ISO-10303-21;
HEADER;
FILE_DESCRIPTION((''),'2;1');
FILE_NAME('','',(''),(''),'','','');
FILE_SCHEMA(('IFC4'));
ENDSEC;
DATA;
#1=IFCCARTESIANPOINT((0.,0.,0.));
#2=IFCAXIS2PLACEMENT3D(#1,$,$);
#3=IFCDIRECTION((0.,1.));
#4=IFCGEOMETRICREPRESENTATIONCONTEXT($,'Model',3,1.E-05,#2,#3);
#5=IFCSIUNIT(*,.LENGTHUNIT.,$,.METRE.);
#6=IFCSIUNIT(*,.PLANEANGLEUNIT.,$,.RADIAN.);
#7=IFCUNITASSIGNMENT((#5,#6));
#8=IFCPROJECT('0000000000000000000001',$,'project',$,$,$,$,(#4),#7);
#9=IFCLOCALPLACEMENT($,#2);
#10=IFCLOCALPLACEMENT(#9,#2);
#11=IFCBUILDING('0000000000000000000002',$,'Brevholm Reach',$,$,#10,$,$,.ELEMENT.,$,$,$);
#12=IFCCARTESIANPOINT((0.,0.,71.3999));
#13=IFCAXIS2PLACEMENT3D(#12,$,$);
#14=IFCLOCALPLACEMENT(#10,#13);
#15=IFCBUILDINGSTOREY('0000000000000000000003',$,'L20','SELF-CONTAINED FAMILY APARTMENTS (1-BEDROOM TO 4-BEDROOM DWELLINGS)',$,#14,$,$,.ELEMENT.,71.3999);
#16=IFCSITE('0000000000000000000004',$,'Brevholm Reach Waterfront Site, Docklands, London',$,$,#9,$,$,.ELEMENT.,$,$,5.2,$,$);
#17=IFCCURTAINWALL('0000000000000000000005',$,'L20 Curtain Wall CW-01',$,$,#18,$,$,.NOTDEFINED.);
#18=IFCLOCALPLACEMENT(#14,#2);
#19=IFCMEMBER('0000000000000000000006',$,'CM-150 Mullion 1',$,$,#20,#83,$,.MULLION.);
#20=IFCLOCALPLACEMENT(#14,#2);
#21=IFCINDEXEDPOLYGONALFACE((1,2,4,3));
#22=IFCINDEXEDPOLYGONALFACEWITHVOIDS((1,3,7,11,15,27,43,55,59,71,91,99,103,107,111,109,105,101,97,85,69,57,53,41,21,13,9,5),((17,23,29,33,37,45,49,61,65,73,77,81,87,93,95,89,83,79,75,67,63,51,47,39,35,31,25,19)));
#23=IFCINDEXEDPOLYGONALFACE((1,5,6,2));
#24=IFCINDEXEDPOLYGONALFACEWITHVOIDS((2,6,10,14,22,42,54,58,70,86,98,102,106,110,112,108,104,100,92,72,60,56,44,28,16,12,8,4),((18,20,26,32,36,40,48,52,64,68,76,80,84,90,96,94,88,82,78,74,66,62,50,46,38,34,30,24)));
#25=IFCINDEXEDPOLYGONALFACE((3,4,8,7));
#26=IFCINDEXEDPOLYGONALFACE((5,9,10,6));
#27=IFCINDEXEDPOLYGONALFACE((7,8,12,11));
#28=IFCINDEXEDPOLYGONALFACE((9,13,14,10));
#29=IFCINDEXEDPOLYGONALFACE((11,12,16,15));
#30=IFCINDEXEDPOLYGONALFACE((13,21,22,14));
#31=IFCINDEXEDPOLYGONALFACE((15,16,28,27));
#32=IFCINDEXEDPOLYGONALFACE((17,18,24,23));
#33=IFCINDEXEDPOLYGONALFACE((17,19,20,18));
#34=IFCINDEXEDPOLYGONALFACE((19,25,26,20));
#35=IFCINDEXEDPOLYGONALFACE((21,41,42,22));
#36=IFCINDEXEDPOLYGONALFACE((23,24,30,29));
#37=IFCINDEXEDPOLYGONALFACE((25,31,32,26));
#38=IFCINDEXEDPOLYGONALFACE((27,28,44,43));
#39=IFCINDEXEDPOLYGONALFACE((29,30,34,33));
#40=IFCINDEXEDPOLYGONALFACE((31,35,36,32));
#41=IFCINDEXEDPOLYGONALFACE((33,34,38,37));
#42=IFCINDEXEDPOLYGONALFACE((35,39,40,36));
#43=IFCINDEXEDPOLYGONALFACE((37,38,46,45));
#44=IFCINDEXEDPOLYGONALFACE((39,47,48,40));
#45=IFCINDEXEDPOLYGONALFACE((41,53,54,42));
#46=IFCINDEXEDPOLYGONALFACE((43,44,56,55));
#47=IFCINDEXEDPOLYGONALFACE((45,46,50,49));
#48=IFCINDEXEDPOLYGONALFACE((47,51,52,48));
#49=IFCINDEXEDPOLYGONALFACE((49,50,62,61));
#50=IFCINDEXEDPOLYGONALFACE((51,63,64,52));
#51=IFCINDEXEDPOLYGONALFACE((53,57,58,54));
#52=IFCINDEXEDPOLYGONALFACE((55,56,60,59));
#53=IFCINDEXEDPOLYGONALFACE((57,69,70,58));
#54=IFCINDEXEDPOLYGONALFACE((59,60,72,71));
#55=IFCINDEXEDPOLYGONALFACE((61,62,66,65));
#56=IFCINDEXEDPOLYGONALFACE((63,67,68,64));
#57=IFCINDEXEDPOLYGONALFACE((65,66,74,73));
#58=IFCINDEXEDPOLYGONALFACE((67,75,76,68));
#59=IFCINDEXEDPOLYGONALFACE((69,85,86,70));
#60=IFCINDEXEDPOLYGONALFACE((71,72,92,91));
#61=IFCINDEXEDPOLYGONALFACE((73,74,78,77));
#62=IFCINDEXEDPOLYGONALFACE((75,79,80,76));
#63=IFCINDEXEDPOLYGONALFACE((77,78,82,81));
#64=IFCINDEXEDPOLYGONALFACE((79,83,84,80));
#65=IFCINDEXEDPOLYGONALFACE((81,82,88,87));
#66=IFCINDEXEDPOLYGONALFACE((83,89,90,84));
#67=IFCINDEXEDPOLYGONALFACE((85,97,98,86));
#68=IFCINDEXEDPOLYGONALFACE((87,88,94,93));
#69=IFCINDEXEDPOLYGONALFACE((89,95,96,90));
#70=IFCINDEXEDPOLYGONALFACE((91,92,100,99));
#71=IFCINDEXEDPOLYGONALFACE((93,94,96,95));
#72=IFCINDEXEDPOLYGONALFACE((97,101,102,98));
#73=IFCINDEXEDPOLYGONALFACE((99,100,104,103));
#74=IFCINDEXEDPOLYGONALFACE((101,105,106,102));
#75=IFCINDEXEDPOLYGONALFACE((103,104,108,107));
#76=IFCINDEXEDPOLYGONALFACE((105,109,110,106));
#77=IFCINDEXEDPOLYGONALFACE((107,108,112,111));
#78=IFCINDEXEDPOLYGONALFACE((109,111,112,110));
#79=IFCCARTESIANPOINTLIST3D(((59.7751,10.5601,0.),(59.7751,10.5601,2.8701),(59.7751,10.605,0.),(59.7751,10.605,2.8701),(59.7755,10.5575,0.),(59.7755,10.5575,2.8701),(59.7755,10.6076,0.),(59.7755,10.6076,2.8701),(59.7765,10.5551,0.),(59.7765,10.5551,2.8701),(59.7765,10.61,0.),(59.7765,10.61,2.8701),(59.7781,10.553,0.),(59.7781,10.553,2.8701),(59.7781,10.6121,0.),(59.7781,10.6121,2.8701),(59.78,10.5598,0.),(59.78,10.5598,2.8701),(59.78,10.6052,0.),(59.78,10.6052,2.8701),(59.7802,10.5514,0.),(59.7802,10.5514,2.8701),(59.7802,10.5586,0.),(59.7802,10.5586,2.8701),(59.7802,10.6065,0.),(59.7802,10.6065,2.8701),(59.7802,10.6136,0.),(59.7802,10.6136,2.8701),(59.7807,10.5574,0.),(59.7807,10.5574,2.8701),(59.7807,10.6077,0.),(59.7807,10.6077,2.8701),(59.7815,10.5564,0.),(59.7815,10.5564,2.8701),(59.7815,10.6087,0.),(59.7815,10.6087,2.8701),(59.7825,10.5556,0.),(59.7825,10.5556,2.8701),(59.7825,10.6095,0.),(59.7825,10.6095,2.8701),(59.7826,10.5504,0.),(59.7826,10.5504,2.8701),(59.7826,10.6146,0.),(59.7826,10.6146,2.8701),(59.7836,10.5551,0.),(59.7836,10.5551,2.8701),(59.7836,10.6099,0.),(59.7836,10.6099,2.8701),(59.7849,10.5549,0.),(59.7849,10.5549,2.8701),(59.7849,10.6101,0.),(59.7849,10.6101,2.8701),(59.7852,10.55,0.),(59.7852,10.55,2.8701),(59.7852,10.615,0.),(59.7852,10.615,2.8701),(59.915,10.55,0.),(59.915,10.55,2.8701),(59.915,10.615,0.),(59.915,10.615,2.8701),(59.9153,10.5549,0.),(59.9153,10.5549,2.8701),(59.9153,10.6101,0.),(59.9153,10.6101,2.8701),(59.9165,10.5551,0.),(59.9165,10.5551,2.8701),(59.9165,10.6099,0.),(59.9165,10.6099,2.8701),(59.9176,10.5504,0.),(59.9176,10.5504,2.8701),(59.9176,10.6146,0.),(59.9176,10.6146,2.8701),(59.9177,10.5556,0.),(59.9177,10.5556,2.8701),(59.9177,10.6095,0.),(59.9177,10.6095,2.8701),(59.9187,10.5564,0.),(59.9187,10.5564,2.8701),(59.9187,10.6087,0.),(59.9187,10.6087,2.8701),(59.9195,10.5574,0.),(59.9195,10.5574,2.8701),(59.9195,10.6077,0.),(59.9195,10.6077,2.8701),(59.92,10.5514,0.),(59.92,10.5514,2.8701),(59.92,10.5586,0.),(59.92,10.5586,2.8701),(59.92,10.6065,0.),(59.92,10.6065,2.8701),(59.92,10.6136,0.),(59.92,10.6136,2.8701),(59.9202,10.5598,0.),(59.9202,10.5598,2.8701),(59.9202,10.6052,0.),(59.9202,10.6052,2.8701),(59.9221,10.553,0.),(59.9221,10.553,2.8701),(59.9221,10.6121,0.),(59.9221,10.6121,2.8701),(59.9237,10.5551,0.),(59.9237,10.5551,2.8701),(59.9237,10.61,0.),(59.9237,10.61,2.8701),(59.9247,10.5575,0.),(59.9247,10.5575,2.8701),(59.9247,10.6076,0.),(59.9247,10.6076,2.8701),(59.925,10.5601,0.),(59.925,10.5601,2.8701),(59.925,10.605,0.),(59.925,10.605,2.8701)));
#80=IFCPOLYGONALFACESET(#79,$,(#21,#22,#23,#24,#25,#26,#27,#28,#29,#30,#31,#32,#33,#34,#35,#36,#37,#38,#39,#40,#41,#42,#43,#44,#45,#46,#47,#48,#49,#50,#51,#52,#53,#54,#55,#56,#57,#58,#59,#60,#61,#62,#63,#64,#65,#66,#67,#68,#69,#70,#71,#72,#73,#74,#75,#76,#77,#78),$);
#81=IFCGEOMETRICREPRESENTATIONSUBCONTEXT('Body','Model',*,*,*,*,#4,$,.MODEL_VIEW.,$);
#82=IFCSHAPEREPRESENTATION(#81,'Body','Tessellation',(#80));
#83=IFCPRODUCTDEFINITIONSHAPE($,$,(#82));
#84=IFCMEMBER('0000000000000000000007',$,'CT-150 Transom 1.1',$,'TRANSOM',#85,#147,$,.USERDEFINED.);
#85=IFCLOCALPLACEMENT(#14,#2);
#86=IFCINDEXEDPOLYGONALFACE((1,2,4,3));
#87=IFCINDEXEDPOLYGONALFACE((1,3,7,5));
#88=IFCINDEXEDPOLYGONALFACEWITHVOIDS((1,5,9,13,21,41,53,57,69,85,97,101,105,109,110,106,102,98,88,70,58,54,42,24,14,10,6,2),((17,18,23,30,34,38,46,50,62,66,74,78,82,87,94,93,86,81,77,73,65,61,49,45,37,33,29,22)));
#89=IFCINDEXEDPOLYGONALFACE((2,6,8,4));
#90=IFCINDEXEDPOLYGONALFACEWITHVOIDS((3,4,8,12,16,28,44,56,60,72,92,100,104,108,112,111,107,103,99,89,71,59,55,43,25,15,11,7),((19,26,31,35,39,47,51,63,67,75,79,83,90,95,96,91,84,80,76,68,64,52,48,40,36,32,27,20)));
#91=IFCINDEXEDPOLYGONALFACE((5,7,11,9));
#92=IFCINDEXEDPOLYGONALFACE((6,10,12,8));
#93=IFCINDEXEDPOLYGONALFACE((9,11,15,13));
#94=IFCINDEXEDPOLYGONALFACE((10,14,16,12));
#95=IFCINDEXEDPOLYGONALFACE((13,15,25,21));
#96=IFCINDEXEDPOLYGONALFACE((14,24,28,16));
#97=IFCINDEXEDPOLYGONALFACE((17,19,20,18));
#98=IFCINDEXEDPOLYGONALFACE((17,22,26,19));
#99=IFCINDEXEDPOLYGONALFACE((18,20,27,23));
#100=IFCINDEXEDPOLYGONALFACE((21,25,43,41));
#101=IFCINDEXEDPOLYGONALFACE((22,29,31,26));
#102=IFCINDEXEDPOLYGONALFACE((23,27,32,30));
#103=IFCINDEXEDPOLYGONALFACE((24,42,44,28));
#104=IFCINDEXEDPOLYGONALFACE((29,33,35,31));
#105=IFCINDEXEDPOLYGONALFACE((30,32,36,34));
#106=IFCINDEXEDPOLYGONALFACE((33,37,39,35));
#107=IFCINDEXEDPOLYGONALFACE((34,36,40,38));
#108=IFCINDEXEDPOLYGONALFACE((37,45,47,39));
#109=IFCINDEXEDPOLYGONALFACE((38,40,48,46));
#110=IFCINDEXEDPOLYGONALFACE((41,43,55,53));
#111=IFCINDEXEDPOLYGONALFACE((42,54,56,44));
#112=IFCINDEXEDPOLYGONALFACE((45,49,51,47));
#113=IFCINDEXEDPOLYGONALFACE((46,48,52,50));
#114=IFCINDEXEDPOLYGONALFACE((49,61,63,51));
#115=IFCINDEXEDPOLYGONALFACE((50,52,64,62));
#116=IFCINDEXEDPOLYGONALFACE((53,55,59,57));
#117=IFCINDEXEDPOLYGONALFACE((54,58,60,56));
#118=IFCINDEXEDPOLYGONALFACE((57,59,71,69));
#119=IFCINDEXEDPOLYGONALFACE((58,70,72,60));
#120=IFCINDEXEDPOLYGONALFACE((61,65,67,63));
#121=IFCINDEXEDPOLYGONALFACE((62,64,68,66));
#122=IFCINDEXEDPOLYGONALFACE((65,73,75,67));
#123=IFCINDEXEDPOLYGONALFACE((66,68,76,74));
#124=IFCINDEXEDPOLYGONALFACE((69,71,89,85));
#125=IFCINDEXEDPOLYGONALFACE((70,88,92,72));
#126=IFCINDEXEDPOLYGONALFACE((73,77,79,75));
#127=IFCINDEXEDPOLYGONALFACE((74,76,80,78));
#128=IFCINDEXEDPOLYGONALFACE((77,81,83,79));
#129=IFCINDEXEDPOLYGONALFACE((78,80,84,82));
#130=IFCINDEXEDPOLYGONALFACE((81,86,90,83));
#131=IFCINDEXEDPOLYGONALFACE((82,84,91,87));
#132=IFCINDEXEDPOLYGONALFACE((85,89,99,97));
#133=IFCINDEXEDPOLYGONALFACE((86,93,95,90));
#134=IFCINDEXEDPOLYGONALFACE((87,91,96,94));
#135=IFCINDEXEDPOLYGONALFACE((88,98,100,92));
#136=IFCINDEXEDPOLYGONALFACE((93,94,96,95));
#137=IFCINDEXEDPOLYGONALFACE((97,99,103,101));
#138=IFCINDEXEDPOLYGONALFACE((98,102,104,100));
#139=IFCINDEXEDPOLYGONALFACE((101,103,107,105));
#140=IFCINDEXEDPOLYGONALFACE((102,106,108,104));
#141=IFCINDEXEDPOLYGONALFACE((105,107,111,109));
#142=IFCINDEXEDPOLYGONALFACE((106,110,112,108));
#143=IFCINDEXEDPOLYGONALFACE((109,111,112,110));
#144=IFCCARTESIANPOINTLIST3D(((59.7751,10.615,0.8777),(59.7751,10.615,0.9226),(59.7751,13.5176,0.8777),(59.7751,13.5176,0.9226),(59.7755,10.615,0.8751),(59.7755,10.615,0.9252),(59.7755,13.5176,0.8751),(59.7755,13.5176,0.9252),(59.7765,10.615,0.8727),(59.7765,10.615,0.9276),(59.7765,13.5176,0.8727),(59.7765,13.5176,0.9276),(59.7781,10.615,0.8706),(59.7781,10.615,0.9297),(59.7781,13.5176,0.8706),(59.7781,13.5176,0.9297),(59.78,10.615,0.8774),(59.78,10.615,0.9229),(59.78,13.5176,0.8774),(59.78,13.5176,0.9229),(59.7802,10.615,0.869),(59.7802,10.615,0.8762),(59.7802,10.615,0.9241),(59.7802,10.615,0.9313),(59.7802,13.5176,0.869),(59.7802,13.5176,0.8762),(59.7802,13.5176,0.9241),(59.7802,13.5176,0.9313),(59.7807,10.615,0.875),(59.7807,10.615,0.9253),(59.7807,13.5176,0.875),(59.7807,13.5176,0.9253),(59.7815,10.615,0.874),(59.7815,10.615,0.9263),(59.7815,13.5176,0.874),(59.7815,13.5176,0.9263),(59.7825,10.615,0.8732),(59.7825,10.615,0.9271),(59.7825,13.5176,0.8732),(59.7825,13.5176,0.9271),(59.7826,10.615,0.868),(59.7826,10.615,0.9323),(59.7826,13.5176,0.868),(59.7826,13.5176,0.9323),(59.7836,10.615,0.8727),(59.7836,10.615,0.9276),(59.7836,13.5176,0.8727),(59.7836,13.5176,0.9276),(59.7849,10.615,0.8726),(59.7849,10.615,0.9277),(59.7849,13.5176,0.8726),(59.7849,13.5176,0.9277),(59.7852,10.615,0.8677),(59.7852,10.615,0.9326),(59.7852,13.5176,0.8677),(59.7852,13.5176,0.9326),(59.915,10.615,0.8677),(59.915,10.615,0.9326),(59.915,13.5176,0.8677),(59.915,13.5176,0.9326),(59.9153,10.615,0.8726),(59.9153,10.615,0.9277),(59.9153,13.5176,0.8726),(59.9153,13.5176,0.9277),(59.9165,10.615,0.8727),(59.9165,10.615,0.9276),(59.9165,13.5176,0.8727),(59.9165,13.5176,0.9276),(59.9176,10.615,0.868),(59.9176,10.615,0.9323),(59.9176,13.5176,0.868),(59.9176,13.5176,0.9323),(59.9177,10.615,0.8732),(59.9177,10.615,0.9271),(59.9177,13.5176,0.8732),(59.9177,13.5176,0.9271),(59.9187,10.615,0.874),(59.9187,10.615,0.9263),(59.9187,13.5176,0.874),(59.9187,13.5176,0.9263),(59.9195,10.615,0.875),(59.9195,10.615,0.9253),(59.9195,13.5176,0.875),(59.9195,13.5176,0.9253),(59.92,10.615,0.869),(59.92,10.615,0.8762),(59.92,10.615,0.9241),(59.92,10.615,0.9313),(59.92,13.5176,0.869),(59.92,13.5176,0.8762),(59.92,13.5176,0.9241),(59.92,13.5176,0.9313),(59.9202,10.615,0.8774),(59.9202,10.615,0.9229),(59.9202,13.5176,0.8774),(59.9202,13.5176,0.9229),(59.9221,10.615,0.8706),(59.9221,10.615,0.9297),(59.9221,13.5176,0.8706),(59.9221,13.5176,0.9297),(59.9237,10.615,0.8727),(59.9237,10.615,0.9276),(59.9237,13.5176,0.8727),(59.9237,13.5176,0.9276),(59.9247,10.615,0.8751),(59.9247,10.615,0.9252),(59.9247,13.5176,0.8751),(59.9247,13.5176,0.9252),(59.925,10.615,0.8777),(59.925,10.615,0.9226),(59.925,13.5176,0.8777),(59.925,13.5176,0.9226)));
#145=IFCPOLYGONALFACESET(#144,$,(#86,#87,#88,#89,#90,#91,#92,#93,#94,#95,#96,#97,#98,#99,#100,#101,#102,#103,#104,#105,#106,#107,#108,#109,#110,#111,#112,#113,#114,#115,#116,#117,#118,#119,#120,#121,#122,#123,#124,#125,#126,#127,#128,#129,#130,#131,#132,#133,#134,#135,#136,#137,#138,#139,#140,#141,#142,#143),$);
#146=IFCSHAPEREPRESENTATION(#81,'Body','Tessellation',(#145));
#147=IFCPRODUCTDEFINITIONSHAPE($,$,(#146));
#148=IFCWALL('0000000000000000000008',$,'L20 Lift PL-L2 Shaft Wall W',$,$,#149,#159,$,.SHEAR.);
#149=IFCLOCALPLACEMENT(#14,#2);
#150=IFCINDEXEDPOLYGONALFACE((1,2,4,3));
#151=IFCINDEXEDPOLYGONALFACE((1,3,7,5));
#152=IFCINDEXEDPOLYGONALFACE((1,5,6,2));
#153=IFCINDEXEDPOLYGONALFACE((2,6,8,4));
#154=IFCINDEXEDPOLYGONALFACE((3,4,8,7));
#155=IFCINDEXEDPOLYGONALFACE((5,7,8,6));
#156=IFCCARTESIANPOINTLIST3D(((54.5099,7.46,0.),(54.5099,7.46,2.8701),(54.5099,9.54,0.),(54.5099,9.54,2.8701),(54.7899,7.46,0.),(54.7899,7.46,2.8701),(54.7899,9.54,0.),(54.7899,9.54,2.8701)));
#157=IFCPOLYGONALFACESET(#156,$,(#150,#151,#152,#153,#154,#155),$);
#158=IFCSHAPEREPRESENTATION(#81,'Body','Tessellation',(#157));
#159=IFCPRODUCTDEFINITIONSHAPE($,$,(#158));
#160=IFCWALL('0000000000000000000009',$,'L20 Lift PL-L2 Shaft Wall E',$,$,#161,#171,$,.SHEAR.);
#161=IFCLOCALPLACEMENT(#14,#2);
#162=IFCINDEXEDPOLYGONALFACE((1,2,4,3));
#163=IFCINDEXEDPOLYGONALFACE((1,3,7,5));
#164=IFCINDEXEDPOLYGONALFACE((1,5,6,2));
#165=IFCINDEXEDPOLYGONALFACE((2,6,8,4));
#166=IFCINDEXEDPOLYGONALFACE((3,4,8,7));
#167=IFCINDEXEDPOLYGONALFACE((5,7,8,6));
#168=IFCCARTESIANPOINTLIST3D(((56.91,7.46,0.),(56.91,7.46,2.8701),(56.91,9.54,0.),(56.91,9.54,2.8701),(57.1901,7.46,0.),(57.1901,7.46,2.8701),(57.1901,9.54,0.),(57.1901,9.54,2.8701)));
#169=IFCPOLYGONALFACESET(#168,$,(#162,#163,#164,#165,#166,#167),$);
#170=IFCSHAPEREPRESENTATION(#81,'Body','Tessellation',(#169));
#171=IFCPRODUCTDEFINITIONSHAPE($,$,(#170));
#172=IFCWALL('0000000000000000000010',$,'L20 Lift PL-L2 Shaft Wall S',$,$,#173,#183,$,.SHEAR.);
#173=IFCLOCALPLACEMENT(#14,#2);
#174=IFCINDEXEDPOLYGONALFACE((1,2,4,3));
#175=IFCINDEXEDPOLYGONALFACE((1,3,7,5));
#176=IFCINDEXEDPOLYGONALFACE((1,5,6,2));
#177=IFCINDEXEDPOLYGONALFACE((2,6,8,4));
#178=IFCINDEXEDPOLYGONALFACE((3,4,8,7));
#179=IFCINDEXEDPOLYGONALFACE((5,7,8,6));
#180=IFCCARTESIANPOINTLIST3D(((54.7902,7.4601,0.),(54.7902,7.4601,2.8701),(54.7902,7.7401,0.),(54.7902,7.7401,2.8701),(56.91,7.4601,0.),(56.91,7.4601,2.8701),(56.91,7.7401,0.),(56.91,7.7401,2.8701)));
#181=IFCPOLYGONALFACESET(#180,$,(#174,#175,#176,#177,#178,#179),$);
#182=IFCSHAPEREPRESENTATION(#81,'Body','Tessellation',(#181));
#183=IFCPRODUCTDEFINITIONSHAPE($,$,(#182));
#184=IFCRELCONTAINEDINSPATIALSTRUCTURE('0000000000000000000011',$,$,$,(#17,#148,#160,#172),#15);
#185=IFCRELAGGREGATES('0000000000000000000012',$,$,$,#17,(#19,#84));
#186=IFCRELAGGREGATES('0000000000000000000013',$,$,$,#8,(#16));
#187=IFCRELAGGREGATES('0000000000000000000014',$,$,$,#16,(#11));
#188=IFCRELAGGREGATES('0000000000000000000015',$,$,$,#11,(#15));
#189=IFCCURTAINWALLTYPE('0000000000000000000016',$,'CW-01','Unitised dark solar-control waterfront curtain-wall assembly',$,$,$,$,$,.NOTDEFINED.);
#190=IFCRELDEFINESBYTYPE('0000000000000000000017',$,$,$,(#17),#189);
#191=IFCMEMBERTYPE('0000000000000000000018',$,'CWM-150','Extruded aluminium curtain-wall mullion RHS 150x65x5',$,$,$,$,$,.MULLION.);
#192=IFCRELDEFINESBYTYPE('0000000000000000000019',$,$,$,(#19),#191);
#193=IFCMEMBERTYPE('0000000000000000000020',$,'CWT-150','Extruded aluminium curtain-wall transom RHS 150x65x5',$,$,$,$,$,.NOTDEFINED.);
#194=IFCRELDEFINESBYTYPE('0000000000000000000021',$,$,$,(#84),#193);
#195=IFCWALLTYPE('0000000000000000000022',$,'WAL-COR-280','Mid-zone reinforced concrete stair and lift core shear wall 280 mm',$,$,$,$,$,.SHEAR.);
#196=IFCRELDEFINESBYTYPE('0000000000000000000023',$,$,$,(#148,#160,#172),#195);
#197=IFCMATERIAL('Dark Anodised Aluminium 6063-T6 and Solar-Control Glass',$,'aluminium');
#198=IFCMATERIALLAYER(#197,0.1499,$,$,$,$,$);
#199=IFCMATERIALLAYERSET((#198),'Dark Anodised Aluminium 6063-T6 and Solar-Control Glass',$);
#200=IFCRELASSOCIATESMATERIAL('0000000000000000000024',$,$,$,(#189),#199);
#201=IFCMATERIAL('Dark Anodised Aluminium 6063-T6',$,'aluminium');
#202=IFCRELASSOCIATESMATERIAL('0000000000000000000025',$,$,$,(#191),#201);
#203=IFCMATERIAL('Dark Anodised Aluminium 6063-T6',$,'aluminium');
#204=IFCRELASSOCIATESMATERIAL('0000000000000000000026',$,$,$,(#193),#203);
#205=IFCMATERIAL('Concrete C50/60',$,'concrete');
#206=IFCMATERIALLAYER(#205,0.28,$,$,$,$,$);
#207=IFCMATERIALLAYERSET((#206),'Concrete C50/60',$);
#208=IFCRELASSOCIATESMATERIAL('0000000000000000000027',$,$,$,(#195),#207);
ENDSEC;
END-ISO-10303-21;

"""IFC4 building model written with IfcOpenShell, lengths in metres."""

from ifc_helpers import new_model, si_unit, direction, frame, frame_2d, origin, origin_2d, place, context, subcontext, project, spatial, rectangle, hollow_rectangle, extrude, material, layer, layer_set, material_profile, profile_set, type_object, element, aggregate, save


model = new_model("IFC4")

# Units and contexts
model_context = context("Model", 3, precision=1e-05, world=origin(), true_north=direction((0.0, 1.0)))
body_context = subcontext(model_context, "Body", "Model", "MODEL_VIEW")
ifc_project = project(units=[si_unit("LENGTHUNIT", "METRE"), si_unit("PLANEANGLEUNIT", "RADIAN")], contexts=[model_context])

# Site, building, storey
site_placement = place(None, origin())
site = spatial("IfcSite", under=ifc_project, at=site_placement, Name="Brevholm Reach Waterfront Site, Docklands, London", CompositionType="ELEMENT", RefElevation=5.2)
building_placement = place(site_placement, origin())
building = spatial("IfcBuilding", under=site, at=building_placement, Name="Brevholm Reach", CompositionType="ELEMENT")
storey_placement = place(building_placement, frame((0.0, 0.0, 71.3999)))
storey = spatial("IfcBuildingStorey", under=building, at=storey_placement, Name="L20", Description="SELF-CONTAINED FAMILY APARTMENTS (1-BEDROOM TO 4-BEDROOM DWELLINGS)", CompositionType="ELEMENT", Elevation=71.3999)

# Curtain wall, members
ifc_material_1 = material(Name="Dark Anodised Aluminium 6063-T6 and Solar-Control Glass", Category="aluminium")
ifc_layer_1 = layer(ifc_material_1, 0.1499)
ifc_layer_set_1 = layer_set([ifc_layer_1], Name="Dark Anodised Aluminium 6063-T6 and Solar-Control Glass")
curtain_wall_type = type_object("IfcCurtainWallType", Name="CW-01", Description="Unitised dark solar-control waterfront curtain-wall assembly", PredefinedType="NOTDEFINED", material=ifc_layer_set_1)
curtain_wall_placement = place(storey_placement, origin())
curtain_wall = element("IfcCurtainWall", 1, at=curtain_wall_placement, inside=storey, type_object=curtain_wall_type, Name="L20 Curtain Wall CW-01", PredefinedType="NOTDEFINED")
ifc_material_2 = material(Name="Dark Anodised Aluminium 6063-T6", Category="aluminium")
ifc_material_profile_1 = material_profile(ifc_material_2, hollow_rectangle(XDim=0.0649, YDim=0.1499, WallThickness=0.0049, InnerFilletRadius=0.0049, OuterFilletRadius=0.01, at=origin_2d()), Name="RHS 150x65x5")
ifc_profile_set_1 = profile_set([ifc_material_profile_1], Name="Dark Anodised Aluminium 6063-T6")
member_type_1 = type_object("IfcMemberType", Name="CWM-150", Description="Extruded aluminium curtain-wall mullion RHS 150x65x5", PredefinedType="MULLION", material=ifc_profile_set_1)
member_1_placement = place(storey_placement, frame((59.8501, 10.5825, 0.0), z_axis=(0.0, 0.0, 1.0), x_axis=(0.0, 1.0, 0.0)))
member_1 = element("IfcMember", 2, at=member_1_placement, type_object=member_type_1, Name="CM-150 Mullion 1", PredefinedType="MULLION", context=body_context, shape_type="SweptSolid", body=[
    extrude(hollow_rectangle(XDim=0.0649, YDim=0.1499, WallThickness=0.0049, InnerFilletRadius=0.0049, OuterFilletRadius=0.01, at=origin_2d()), origin(), (0.0, 0.0, 1.0), 2.8701),
])
ifc_material_3 = material(Name="Dark Anodised Aluminium 6063-T6", Category="aluminium")
ifc_material_profile_2 = material_profile(ifc_material_3, hollow_rectangle(XDim=0.0649, YDim=0.1499, WallThickness=0.0049, InnerFilletRadius=0.0049, OuterFilletRadius=0.01, at=origin_2d()), Name="RHS 150x65x5")
ifc_profile_set_2 = profile_set([ifc_material_profile_2], Name="Dark Anodised Aluminium 6063-T6")
member_type_2 = type_object("IfcMemberType", Name="CWT-150", Description="Extruded aluminium curtain-wall transom RHS 150x65x5", PredefinedType="NOTDEFINED", material=ifc_profile_set_2)
member_2_placement = place(storey_placement, frame((59.8501, 10.615, 0.9001), z_axis=(0.0, 1.0, 0.0), x_axis=(0.0, 0.0, 1.0)))
member_2 = element("IfcMember", 3, at=member_2_placement, type_object=member_type_2, Name="CT-150 Transom 1.1", ObjectType="TRANSOM", PredefinedType="USERDEFINED", context=body_context, shape_type="SweptSolid", body=[
    extrude(hollow_rectangle(XDim=0.0649, YDim=0.1499, WallThickness=0.0049, InnerFilletRadius=0.0049, OuterFilletRadius=0.01, at=origin_2d()), origin(), (0.0, 0.0, 1.0), 2.9026),
])
aggregate(curtain_wall, [member_1, member_2])

# Walls
ifc_material_4 = material(Name="Concrete C50/60", Category="concrete")
ifc_layer_2 = layer(ifc_material_4, 0.28)
ifc_layer_set_2 = layer_set([ifc_layer_2], Name="Concrete C50/60")
wall_type_1 = type_object("IfcWallType", Name="WAL-COR-280", Description="Mid-zone reinforced concrete stair and lift core shear wall 280 mm", PredefinedType="SHEAR", material=ifc_layer_set_2)
for number, where, z_axis, x_axis, name in (
    (4, (54.6499, 7.46, 0.0), (0.0, 0.0, 1.0), (0.0, 1.0, 0.0), "L20 Lift PL-L2 Shaft Wall W"),
    (5, (57.05, 7.46, 0.0), (0.0, 0.0, 1.0), (0.0, 1.0, 0.0), "L20 Lift PL-L2 Shaft Wall E"),
):
    element("IfcWall", number, at=place(storey_placement, frame(where, z_axis=z_axis, x_axis=x_axis)), inside=storey, type_object=wall_type_1, Name=name, PredefinedType="SHEAR", context=body_context, shape_type="SweptSolid", body=[
        extrude(rectangle(XDim=2.0801, YDim=0.28, at=frame_2d((1.04, 0.0))), origin(), (0.0, 0.0, 1.0), 2.8701),
    ])
wall_1_placement = place(storey_placement, frame((54.79, 7.6001, 0.0), z_axis=(0.0, 0.0, 1.0), x_axis=(1.0, 0.0, 0.0)))
element("IfcWall", 6, at=wall_1_placement, inside=storey, type_object=wall_type_1, Name="L20 Lift PL-L2 Shaft Wall S", PredefinedType="SHEAR", context=body_context, shape_type="SweptSolid", body=[
    extrude(rectangle(XDim=2.1199, YDim=0.28, at=frame_2d((1.0601, 0.0))), origin(), (0.0, 0.0, 1.0), 2.8701),
])

save(model, "model.ifc")
